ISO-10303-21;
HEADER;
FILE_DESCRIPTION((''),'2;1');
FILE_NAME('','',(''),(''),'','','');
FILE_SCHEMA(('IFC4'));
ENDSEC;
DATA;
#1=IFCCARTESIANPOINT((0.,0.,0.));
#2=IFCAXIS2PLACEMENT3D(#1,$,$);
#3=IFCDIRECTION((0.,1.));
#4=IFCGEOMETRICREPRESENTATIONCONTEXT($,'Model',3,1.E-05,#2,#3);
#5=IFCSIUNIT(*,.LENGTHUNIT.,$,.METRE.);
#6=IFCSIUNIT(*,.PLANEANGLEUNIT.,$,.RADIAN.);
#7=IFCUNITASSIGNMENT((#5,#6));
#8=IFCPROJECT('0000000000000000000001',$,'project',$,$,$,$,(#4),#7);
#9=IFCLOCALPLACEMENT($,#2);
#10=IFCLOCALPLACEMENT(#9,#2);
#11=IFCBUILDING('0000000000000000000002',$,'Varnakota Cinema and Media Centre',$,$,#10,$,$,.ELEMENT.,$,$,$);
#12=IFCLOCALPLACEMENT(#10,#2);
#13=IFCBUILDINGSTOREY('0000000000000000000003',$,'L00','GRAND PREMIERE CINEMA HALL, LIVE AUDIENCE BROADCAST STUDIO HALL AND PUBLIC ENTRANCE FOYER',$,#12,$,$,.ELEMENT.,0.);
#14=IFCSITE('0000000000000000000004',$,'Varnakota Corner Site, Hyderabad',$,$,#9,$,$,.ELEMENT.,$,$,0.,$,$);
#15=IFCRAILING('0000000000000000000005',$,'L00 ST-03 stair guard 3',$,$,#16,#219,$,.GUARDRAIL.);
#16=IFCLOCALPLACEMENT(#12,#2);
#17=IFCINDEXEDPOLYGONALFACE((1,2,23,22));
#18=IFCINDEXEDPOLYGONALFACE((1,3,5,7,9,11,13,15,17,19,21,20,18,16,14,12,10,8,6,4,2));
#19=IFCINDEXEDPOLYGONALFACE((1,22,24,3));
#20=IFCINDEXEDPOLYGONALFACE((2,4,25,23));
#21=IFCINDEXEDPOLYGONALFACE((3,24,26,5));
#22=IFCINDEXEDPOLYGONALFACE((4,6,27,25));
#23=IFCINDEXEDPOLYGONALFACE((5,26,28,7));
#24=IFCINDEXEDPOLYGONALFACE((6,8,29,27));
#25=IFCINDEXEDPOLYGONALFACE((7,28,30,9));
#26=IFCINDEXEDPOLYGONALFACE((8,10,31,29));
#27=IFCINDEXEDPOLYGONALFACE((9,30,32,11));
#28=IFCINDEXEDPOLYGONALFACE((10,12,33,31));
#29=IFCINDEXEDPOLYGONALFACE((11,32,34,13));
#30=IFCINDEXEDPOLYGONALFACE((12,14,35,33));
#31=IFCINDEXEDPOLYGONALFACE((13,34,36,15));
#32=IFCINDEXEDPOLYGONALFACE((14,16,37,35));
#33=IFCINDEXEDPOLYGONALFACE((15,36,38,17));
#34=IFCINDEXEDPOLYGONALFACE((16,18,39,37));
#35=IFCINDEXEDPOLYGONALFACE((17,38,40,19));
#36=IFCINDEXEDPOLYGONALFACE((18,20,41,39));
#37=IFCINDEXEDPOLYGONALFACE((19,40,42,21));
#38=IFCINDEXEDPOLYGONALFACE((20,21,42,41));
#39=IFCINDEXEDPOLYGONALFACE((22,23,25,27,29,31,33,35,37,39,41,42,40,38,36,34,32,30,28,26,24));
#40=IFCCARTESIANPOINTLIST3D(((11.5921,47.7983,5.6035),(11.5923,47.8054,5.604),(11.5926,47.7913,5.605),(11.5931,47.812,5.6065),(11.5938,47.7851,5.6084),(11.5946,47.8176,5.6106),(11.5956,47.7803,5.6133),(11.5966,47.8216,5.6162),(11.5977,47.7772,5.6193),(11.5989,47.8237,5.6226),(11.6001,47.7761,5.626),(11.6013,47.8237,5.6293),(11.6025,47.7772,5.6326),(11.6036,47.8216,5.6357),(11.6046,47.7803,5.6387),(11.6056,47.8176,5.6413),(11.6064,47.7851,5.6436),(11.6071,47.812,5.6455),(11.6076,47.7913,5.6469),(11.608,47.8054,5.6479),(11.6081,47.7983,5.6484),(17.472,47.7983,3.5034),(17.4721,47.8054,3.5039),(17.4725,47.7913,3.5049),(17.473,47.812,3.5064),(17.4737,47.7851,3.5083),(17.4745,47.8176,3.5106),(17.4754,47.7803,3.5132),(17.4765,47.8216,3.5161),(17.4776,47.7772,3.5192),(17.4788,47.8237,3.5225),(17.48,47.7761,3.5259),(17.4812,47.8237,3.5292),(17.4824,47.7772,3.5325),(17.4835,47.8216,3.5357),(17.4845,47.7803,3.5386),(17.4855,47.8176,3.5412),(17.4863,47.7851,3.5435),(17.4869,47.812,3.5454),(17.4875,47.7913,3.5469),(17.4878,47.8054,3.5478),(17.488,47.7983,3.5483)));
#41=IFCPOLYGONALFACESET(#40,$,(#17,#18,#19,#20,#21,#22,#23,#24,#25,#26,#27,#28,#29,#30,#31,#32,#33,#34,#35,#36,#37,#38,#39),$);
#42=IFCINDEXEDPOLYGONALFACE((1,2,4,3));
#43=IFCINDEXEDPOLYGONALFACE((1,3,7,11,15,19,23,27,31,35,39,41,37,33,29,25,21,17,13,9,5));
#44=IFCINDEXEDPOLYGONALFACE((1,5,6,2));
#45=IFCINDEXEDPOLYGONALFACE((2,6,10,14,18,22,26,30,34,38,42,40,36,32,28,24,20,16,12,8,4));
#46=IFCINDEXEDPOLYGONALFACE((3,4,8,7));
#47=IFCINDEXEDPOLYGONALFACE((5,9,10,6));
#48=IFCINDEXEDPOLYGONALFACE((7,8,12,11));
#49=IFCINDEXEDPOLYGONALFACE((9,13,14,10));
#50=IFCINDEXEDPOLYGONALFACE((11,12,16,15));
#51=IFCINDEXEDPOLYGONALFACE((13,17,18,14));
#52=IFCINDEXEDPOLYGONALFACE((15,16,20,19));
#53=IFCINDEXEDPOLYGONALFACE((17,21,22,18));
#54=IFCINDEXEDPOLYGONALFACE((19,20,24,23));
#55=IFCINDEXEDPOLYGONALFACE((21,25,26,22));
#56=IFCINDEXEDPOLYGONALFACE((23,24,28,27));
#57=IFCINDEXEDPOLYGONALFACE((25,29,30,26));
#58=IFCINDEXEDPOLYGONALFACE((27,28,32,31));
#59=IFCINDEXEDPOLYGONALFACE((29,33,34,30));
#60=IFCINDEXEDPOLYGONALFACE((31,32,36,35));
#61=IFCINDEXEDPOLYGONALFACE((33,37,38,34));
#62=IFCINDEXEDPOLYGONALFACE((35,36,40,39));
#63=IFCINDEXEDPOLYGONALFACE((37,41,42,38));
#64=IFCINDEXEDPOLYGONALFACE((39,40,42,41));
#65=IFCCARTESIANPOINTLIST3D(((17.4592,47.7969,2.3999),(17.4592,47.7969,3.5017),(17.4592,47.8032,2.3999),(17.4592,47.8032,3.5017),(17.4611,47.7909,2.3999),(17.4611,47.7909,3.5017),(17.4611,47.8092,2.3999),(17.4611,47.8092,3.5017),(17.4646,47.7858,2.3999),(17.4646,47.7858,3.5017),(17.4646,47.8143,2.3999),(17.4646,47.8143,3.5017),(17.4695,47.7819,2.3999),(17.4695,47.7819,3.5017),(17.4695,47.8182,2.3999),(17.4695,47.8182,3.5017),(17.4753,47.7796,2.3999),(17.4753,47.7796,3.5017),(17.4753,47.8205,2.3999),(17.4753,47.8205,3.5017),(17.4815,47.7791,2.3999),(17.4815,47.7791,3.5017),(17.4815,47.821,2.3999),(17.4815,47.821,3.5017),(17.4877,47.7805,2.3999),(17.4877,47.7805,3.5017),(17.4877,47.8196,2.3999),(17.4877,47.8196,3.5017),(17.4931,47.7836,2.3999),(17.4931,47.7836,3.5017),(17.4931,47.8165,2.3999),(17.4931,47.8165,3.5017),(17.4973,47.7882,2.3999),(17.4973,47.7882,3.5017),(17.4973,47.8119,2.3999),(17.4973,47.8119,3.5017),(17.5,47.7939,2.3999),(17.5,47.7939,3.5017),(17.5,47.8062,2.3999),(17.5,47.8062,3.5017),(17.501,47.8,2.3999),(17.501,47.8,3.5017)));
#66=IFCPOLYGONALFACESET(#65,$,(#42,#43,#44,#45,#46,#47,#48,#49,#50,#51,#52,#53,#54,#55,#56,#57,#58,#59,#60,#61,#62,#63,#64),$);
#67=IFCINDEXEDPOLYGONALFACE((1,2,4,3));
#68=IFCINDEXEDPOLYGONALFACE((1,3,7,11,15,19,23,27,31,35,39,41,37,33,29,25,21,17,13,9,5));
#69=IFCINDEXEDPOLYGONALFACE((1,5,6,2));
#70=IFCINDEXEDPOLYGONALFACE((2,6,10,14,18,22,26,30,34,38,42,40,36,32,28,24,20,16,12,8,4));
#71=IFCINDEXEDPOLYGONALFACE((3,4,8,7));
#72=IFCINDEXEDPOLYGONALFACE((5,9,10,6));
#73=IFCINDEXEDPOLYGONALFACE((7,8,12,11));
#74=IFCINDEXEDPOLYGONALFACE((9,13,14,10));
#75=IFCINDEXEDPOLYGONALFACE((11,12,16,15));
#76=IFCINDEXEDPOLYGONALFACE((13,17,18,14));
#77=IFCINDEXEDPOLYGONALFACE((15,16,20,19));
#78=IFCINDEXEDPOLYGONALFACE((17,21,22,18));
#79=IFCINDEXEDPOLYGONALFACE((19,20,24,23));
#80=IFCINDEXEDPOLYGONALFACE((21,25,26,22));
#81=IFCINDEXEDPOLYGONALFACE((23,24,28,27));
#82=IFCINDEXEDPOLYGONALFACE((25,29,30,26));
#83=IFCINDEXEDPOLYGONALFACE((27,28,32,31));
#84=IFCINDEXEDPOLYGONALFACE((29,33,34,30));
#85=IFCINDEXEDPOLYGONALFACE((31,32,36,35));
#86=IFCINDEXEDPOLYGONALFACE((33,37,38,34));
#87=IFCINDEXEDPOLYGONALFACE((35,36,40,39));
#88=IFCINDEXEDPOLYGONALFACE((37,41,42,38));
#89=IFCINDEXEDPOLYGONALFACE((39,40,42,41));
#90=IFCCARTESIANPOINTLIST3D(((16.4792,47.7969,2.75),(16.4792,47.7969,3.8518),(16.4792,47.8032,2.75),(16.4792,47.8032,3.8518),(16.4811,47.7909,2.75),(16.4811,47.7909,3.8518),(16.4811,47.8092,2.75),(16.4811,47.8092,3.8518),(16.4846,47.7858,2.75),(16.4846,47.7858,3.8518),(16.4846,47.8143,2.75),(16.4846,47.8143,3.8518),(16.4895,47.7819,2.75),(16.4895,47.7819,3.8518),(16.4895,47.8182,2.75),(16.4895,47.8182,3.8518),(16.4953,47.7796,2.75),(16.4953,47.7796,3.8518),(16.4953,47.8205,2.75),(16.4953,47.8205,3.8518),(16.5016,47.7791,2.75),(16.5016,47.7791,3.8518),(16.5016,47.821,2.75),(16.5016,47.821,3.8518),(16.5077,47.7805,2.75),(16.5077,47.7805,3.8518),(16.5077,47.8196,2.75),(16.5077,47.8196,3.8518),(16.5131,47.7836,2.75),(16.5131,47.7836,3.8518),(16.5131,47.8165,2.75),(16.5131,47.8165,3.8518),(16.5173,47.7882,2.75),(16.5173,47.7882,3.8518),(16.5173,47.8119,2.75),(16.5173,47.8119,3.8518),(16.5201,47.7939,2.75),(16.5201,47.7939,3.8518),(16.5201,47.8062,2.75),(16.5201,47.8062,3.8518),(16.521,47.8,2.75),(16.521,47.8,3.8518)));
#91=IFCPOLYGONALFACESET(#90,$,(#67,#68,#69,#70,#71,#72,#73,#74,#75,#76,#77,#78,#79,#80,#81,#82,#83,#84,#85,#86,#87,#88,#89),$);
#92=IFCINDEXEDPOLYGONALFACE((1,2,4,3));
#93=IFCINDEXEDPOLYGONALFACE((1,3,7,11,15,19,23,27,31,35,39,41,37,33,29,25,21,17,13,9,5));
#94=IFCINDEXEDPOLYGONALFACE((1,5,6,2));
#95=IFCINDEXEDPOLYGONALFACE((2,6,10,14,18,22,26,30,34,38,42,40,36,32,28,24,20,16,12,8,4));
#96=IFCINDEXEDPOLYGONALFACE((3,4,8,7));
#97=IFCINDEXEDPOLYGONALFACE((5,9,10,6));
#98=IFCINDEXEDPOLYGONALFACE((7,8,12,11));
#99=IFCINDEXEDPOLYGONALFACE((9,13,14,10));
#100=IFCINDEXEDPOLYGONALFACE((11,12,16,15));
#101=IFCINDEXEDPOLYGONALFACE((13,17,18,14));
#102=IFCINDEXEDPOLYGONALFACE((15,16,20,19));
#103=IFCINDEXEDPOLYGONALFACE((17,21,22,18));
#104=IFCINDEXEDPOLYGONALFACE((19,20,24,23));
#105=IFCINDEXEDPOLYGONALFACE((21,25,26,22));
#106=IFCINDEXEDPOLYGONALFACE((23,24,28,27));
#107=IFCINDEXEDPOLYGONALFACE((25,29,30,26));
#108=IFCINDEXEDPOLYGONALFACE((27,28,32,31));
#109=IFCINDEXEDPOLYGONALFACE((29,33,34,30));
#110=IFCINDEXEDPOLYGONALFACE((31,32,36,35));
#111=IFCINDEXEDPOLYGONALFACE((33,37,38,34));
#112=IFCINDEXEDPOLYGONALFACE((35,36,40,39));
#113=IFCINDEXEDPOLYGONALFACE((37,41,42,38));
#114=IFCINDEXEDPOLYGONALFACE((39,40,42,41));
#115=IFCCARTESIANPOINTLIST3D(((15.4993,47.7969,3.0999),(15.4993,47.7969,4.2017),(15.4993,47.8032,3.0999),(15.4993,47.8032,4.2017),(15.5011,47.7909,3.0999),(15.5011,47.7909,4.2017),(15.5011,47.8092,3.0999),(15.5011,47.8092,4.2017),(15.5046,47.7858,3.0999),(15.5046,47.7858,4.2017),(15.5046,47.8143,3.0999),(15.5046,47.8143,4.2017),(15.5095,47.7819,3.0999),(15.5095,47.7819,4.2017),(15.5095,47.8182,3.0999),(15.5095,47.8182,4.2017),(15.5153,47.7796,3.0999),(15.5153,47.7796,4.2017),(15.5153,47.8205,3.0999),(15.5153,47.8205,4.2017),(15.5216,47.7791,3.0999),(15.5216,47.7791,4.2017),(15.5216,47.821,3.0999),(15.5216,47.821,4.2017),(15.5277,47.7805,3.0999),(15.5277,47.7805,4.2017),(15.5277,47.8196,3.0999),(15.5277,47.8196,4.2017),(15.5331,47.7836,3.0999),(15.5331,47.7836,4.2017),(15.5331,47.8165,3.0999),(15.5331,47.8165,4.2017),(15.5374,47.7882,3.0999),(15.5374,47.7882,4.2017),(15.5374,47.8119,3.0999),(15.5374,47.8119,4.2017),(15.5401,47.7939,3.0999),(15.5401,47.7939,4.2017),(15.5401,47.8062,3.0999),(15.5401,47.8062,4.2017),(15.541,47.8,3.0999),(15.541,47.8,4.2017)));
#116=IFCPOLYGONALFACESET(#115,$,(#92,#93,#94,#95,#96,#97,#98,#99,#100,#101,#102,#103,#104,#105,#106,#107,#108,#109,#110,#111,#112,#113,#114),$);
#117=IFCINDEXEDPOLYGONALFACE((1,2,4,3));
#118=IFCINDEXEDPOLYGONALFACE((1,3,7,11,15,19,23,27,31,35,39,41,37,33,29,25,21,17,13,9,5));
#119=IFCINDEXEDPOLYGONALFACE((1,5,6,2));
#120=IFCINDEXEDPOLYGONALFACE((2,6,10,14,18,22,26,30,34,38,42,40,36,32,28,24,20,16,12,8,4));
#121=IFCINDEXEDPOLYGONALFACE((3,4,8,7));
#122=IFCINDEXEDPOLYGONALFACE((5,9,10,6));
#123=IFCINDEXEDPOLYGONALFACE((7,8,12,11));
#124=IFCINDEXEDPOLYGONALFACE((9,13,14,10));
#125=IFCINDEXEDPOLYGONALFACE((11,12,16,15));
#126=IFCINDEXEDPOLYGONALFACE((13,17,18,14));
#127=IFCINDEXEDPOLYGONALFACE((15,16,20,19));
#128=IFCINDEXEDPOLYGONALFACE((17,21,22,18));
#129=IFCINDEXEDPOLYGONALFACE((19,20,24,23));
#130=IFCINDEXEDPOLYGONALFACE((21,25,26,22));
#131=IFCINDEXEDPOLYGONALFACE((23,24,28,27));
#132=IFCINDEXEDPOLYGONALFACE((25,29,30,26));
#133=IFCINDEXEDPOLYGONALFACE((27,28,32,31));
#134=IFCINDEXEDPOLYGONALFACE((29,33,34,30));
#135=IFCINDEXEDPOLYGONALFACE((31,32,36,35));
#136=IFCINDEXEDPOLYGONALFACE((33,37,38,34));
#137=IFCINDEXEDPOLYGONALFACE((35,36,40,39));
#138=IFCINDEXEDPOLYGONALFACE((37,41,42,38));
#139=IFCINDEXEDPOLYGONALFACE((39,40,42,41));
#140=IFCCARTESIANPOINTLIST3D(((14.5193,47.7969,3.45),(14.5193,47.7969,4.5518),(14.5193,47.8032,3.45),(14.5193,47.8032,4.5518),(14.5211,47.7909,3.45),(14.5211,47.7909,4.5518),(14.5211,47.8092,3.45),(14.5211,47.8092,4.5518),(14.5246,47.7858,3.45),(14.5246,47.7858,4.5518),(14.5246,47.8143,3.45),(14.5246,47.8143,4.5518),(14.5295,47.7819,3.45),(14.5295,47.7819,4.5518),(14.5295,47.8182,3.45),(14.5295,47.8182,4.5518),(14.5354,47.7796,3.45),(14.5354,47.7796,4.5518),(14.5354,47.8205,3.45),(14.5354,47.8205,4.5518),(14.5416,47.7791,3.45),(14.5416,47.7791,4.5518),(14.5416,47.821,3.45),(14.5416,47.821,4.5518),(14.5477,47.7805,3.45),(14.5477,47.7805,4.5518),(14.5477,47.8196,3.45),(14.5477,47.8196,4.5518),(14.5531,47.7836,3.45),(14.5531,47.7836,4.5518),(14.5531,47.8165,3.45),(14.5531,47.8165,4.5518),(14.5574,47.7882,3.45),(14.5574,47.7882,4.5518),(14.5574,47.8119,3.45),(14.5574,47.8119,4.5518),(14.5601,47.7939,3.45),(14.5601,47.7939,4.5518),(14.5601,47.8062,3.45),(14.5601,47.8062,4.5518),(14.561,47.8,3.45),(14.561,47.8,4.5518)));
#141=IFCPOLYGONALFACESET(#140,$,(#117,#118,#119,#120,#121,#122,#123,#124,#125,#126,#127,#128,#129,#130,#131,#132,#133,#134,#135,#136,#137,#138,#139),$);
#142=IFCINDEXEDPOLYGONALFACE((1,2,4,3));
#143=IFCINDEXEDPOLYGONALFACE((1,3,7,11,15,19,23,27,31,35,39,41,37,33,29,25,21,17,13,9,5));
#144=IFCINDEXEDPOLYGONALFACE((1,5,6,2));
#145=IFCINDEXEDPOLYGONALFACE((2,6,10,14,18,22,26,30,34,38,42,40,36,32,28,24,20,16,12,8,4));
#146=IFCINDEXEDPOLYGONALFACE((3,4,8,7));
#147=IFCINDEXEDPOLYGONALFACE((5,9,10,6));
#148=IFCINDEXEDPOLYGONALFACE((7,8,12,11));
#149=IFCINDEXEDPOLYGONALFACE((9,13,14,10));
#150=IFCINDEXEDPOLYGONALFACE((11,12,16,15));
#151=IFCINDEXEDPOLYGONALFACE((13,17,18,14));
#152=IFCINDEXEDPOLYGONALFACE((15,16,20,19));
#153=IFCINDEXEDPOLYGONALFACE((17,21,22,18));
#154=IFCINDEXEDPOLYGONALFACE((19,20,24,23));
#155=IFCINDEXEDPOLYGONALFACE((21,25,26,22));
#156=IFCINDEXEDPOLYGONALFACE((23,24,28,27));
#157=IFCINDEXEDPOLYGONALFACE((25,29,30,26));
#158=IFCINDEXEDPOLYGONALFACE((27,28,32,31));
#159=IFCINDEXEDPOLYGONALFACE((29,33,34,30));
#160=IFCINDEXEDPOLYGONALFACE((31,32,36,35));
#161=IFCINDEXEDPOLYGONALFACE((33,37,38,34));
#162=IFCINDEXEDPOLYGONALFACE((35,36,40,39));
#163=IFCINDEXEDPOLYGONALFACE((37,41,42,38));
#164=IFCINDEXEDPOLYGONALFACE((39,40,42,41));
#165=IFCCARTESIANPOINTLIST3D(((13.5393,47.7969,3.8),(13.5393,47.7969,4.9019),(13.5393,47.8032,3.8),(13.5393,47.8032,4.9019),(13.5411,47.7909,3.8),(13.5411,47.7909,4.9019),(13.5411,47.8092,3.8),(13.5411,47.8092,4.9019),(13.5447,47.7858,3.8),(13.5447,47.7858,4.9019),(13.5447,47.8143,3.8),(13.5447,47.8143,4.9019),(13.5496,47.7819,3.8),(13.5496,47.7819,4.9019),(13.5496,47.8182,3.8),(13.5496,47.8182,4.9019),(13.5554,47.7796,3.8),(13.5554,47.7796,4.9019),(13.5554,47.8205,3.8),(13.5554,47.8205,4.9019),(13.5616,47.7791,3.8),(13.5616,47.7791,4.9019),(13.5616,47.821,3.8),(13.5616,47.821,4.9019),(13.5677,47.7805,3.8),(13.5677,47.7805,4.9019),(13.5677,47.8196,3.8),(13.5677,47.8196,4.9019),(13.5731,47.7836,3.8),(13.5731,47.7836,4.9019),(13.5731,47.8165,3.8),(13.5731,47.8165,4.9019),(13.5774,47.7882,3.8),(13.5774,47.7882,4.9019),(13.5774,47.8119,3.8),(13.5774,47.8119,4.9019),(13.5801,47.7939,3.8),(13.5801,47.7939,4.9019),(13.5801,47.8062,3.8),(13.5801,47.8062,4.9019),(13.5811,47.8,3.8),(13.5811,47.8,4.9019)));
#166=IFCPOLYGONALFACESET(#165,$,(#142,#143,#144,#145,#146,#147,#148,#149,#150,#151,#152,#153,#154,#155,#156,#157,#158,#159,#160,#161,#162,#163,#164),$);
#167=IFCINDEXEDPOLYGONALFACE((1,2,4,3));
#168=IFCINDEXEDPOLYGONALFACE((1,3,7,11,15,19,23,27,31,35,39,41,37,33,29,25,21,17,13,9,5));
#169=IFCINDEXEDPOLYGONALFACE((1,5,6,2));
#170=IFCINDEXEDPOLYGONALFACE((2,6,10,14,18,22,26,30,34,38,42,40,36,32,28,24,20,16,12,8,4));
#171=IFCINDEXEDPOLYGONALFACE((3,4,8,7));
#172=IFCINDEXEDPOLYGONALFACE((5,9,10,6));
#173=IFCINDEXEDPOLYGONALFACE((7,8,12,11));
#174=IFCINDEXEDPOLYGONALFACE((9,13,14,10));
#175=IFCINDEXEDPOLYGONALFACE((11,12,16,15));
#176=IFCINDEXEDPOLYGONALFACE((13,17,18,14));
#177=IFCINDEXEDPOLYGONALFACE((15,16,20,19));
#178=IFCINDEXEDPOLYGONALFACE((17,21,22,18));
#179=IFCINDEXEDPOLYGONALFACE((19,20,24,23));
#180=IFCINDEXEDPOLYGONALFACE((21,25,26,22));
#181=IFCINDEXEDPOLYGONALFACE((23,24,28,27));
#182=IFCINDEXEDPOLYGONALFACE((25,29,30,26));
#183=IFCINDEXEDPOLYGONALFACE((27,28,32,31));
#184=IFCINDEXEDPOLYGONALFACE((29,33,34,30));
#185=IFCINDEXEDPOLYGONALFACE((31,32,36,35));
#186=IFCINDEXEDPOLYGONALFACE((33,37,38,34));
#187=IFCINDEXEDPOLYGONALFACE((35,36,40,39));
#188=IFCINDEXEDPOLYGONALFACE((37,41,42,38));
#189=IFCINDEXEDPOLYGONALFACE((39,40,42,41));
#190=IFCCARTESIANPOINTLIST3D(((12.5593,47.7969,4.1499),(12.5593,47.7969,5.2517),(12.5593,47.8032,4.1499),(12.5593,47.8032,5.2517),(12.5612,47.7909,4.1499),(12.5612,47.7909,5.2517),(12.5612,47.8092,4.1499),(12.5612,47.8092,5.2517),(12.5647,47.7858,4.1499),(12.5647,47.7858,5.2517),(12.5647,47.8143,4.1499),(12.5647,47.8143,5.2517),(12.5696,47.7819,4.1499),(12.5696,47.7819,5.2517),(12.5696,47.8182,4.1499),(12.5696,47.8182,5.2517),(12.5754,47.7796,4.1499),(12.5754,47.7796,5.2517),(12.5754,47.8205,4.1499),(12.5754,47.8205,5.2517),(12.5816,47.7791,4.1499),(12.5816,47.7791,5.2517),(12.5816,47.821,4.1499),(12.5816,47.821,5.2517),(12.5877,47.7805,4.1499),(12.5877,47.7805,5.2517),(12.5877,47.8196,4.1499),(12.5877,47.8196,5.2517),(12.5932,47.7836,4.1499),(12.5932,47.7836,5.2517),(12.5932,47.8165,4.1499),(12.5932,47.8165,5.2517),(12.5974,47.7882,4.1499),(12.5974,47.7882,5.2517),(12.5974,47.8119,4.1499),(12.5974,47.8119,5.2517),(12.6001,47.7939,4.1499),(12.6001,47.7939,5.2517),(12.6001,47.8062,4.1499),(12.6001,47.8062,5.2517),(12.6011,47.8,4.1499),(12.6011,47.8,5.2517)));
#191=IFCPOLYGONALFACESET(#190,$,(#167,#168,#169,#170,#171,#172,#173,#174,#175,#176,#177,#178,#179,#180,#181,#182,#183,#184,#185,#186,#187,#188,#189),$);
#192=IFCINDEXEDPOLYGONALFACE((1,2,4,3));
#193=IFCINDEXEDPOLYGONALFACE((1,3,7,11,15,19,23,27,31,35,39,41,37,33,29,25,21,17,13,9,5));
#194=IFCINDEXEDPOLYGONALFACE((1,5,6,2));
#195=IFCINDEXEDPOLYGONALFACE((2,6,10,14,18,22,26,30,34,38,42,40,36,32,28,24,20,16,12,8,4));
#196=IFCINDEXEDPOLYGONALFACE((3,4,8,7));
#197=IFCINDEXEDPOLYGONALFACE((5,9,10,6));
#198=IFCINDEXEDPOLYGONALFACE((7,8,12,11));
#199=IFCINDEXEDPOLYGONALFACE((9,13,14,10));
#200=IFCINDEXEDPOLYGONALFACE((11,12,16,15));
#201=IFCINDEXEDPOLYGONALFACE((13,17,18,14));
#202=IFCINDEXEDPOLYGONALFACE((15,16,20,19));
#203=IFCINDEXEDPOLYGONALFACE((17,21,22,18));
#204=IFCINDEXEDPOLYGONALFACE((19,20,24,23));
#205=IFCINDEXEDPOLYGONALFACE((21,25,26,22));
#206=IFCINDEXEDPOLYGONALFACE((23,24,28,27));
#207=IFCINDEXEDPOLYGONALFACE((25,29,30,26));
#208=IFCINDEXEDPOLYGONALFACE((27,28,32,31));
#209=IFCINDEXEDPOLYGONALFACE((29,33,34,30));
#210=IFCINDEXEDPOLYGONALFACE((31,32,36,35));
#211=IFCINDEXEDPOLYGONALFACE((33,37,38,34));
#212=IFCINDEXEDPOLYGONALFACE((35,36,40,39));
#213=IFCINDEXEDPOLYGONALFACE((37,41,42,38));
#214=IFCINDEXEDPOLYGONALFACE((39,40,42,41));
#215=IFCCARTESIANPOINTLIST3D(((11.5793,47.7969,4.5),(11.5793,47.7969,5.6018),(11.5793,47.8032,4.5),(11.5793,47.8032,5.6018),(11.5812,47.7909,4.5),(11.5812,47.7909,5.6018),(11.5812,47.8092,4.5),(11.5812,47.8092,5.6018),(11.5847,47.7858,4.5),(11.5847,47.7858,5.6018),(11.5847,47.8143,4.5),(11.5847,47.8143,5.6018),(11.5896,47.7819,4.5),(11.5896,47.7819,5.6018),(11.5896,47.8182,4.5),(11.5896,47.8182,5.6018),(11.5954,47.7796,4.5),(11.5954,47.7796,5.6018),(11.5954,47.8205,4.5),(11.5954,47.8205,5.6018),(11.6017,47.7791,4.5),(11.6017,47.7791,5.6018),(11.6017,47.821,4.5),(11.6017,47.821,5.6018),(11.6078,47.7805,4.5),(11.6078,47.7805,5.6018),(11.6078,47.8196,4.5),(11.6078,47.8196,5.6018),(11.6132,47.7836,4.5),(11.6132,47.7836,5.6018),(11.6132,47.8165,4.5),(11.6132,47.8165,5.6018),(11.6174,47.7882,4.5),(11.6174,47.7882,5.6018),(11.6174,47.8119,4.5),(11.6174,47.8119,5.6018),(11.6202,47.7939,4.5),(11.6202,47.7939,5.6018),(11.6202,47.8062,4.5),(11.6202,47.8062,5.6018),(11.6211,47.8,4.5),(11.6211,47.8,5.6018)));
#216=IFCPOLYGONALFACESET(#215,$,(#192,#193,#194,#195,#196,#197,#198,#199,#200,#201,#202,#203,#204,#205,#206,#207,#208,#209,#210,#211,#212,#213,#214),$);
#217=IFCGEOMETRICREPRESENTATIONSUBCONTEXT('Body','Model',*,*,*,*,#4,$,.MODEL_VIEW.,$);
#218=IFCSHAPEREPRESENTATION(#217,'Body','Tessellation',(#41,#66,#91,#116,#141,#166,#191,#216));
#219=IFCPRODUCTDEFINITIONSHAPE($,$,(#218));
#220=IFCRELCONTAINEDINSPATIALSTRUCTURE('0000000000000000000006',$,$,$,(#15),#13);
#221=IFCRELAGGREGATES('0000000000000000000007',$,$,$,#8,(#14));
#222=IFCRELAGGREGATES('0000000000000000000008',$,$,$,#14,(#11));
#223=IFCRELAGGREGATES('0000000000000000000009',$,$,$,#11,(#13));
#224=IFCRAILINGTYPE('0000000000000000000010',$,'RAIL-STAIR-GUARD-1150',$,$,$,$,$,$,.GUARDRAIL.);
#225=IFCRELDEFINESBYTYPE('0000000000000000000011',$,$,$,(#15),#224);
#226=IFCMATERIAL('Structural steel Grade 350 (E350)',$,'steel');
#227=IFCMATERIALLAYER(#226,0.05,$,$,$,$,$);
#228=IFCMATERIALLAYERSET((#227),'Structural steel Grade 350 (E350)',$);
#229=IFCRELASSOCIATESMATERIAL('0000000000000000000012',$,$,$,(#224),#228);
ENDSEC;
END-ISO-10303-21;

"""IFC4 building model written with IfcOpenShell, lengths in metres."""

from ifc_helpers import new_model, si_unit, direction, frame, origin, origin_2d, place, context, subcontext, project, spatial, circle, extrude, material, layer, layer_set, type_object, element, save


model = new_model("IFC4")

# Units and contexts
model_context = context("Model", 3, precision=1e-05, world=origin(), true_north=direction((0.0, 1.0)))
body_context = subcontext(model_context, "Body", "Model", "MODEL_VIEW")
ifc_project = project(units=[si_unit("LENGTHUNIT", "METRE"), si_unit("PLANEANGLEUNIT", "RADIAN")], contexts=[model_context])

# Site, building, storey
site_placement = place(None, origin())
site = spatial("IfcSite", under=ifc_project, at=site_placement, Name="Varnakota Corner Site, Hyderabad", CompositionType="ELEMENT", RefElevation=0.0)
building_placement = place(site_placement, origin())
building = spatial("IfcBuilding", under=site, at=building_placement, Name="Varnakota Cinema and Media Centre", CompositionType="ELEMENT")
storey_placement = place(building_placement, origin())
storey = spatial("IfcBuildingStorey", under=building, at=storey_placement, Name="L00", Description="GRAND PREMIERE CINEMA HALL, LIVE AUDIENCE BROADCAST STUDIO HALL AND PUBLIC ENTRANCE FOYER", CompositionType="ELEMENT", Elevation=0.0)

# Railing
ifc_material_1 = material(Name="Structural steel Grade 350 (E350)", Category="steel")
ifc_layer_1 = layer(ifc_material_1, 0.05)
ifc_layer_set_1 = layer_set([ifc_layer_1], Name="Structural steel Grade 350 (E350)")
railing_type_1 = type_object("IfcRailingType", Name="RAIL-STAIR-GUARD-1150", PredefinedType="GUARDRAIL", material=ifc_layer_set_1)
railing_1_placement = place(storey_placement, frame((17.48, 47.8, 2.3999)))
element("IfcRailing", 1, at=railing_1_placement, inside=storey, type_object=railing_type_1, Name="L00 ST-03 stair guard 3", PredefinedType="GUARDRAIL", context=body_context, shape_type="SweptSolid", body=[
    extrude(circle(Radius=0.0239, at=origin_2d()), frame((0.0, 0.0, 1.126), z_axis=(-0.941735, 0.0, 0.336356), x_axis=(0.0, -1.0, 0.0)), (0.0, 0.0, 1.0), 6.2437),
    extrude(circle(Radius=0.021, at=origin_2d()), origin(), (0.0, 0.0, 1.0), 1.1018),
    extrude(circle(Radius=0.021, at=origin_2d()), frame((-0.98, 0.0, 0.3501)), (0.0, 0.0, 1.0), 1.1018),
    extrude(circle(Radius=0.021, at=origin_2d()), frame((-1.96, 0.0, 0.7)), (0.0, 0.0, 1.0), 1.1018),
    extrude(circle(Radius=0.021, at=origin_2d()), frame((-2.9399, 0.0, 1.05)), (0.0, 0.0, 1.0), 1.1018),
    extrude(circle(Radius=0.021, at=origin_2d()), frame((-3.9199, 0.0, 1.4001)), (0.0, 0.0, 1.0), 1.1018),
    extrude(circle(Radius=0.021, at=origin_2d()), frame((-4.8999, 0.0, 1.75)), (0.0, 0.0, 1.0), 1.1018),
    extrude(circle(Radius=0.021, at=origin_2d()), frame((-5.8799, 0.0, 2.1001)), (0.0, 0.0, 1.0), 1.1018),
])

save(model, "model.ifc")
